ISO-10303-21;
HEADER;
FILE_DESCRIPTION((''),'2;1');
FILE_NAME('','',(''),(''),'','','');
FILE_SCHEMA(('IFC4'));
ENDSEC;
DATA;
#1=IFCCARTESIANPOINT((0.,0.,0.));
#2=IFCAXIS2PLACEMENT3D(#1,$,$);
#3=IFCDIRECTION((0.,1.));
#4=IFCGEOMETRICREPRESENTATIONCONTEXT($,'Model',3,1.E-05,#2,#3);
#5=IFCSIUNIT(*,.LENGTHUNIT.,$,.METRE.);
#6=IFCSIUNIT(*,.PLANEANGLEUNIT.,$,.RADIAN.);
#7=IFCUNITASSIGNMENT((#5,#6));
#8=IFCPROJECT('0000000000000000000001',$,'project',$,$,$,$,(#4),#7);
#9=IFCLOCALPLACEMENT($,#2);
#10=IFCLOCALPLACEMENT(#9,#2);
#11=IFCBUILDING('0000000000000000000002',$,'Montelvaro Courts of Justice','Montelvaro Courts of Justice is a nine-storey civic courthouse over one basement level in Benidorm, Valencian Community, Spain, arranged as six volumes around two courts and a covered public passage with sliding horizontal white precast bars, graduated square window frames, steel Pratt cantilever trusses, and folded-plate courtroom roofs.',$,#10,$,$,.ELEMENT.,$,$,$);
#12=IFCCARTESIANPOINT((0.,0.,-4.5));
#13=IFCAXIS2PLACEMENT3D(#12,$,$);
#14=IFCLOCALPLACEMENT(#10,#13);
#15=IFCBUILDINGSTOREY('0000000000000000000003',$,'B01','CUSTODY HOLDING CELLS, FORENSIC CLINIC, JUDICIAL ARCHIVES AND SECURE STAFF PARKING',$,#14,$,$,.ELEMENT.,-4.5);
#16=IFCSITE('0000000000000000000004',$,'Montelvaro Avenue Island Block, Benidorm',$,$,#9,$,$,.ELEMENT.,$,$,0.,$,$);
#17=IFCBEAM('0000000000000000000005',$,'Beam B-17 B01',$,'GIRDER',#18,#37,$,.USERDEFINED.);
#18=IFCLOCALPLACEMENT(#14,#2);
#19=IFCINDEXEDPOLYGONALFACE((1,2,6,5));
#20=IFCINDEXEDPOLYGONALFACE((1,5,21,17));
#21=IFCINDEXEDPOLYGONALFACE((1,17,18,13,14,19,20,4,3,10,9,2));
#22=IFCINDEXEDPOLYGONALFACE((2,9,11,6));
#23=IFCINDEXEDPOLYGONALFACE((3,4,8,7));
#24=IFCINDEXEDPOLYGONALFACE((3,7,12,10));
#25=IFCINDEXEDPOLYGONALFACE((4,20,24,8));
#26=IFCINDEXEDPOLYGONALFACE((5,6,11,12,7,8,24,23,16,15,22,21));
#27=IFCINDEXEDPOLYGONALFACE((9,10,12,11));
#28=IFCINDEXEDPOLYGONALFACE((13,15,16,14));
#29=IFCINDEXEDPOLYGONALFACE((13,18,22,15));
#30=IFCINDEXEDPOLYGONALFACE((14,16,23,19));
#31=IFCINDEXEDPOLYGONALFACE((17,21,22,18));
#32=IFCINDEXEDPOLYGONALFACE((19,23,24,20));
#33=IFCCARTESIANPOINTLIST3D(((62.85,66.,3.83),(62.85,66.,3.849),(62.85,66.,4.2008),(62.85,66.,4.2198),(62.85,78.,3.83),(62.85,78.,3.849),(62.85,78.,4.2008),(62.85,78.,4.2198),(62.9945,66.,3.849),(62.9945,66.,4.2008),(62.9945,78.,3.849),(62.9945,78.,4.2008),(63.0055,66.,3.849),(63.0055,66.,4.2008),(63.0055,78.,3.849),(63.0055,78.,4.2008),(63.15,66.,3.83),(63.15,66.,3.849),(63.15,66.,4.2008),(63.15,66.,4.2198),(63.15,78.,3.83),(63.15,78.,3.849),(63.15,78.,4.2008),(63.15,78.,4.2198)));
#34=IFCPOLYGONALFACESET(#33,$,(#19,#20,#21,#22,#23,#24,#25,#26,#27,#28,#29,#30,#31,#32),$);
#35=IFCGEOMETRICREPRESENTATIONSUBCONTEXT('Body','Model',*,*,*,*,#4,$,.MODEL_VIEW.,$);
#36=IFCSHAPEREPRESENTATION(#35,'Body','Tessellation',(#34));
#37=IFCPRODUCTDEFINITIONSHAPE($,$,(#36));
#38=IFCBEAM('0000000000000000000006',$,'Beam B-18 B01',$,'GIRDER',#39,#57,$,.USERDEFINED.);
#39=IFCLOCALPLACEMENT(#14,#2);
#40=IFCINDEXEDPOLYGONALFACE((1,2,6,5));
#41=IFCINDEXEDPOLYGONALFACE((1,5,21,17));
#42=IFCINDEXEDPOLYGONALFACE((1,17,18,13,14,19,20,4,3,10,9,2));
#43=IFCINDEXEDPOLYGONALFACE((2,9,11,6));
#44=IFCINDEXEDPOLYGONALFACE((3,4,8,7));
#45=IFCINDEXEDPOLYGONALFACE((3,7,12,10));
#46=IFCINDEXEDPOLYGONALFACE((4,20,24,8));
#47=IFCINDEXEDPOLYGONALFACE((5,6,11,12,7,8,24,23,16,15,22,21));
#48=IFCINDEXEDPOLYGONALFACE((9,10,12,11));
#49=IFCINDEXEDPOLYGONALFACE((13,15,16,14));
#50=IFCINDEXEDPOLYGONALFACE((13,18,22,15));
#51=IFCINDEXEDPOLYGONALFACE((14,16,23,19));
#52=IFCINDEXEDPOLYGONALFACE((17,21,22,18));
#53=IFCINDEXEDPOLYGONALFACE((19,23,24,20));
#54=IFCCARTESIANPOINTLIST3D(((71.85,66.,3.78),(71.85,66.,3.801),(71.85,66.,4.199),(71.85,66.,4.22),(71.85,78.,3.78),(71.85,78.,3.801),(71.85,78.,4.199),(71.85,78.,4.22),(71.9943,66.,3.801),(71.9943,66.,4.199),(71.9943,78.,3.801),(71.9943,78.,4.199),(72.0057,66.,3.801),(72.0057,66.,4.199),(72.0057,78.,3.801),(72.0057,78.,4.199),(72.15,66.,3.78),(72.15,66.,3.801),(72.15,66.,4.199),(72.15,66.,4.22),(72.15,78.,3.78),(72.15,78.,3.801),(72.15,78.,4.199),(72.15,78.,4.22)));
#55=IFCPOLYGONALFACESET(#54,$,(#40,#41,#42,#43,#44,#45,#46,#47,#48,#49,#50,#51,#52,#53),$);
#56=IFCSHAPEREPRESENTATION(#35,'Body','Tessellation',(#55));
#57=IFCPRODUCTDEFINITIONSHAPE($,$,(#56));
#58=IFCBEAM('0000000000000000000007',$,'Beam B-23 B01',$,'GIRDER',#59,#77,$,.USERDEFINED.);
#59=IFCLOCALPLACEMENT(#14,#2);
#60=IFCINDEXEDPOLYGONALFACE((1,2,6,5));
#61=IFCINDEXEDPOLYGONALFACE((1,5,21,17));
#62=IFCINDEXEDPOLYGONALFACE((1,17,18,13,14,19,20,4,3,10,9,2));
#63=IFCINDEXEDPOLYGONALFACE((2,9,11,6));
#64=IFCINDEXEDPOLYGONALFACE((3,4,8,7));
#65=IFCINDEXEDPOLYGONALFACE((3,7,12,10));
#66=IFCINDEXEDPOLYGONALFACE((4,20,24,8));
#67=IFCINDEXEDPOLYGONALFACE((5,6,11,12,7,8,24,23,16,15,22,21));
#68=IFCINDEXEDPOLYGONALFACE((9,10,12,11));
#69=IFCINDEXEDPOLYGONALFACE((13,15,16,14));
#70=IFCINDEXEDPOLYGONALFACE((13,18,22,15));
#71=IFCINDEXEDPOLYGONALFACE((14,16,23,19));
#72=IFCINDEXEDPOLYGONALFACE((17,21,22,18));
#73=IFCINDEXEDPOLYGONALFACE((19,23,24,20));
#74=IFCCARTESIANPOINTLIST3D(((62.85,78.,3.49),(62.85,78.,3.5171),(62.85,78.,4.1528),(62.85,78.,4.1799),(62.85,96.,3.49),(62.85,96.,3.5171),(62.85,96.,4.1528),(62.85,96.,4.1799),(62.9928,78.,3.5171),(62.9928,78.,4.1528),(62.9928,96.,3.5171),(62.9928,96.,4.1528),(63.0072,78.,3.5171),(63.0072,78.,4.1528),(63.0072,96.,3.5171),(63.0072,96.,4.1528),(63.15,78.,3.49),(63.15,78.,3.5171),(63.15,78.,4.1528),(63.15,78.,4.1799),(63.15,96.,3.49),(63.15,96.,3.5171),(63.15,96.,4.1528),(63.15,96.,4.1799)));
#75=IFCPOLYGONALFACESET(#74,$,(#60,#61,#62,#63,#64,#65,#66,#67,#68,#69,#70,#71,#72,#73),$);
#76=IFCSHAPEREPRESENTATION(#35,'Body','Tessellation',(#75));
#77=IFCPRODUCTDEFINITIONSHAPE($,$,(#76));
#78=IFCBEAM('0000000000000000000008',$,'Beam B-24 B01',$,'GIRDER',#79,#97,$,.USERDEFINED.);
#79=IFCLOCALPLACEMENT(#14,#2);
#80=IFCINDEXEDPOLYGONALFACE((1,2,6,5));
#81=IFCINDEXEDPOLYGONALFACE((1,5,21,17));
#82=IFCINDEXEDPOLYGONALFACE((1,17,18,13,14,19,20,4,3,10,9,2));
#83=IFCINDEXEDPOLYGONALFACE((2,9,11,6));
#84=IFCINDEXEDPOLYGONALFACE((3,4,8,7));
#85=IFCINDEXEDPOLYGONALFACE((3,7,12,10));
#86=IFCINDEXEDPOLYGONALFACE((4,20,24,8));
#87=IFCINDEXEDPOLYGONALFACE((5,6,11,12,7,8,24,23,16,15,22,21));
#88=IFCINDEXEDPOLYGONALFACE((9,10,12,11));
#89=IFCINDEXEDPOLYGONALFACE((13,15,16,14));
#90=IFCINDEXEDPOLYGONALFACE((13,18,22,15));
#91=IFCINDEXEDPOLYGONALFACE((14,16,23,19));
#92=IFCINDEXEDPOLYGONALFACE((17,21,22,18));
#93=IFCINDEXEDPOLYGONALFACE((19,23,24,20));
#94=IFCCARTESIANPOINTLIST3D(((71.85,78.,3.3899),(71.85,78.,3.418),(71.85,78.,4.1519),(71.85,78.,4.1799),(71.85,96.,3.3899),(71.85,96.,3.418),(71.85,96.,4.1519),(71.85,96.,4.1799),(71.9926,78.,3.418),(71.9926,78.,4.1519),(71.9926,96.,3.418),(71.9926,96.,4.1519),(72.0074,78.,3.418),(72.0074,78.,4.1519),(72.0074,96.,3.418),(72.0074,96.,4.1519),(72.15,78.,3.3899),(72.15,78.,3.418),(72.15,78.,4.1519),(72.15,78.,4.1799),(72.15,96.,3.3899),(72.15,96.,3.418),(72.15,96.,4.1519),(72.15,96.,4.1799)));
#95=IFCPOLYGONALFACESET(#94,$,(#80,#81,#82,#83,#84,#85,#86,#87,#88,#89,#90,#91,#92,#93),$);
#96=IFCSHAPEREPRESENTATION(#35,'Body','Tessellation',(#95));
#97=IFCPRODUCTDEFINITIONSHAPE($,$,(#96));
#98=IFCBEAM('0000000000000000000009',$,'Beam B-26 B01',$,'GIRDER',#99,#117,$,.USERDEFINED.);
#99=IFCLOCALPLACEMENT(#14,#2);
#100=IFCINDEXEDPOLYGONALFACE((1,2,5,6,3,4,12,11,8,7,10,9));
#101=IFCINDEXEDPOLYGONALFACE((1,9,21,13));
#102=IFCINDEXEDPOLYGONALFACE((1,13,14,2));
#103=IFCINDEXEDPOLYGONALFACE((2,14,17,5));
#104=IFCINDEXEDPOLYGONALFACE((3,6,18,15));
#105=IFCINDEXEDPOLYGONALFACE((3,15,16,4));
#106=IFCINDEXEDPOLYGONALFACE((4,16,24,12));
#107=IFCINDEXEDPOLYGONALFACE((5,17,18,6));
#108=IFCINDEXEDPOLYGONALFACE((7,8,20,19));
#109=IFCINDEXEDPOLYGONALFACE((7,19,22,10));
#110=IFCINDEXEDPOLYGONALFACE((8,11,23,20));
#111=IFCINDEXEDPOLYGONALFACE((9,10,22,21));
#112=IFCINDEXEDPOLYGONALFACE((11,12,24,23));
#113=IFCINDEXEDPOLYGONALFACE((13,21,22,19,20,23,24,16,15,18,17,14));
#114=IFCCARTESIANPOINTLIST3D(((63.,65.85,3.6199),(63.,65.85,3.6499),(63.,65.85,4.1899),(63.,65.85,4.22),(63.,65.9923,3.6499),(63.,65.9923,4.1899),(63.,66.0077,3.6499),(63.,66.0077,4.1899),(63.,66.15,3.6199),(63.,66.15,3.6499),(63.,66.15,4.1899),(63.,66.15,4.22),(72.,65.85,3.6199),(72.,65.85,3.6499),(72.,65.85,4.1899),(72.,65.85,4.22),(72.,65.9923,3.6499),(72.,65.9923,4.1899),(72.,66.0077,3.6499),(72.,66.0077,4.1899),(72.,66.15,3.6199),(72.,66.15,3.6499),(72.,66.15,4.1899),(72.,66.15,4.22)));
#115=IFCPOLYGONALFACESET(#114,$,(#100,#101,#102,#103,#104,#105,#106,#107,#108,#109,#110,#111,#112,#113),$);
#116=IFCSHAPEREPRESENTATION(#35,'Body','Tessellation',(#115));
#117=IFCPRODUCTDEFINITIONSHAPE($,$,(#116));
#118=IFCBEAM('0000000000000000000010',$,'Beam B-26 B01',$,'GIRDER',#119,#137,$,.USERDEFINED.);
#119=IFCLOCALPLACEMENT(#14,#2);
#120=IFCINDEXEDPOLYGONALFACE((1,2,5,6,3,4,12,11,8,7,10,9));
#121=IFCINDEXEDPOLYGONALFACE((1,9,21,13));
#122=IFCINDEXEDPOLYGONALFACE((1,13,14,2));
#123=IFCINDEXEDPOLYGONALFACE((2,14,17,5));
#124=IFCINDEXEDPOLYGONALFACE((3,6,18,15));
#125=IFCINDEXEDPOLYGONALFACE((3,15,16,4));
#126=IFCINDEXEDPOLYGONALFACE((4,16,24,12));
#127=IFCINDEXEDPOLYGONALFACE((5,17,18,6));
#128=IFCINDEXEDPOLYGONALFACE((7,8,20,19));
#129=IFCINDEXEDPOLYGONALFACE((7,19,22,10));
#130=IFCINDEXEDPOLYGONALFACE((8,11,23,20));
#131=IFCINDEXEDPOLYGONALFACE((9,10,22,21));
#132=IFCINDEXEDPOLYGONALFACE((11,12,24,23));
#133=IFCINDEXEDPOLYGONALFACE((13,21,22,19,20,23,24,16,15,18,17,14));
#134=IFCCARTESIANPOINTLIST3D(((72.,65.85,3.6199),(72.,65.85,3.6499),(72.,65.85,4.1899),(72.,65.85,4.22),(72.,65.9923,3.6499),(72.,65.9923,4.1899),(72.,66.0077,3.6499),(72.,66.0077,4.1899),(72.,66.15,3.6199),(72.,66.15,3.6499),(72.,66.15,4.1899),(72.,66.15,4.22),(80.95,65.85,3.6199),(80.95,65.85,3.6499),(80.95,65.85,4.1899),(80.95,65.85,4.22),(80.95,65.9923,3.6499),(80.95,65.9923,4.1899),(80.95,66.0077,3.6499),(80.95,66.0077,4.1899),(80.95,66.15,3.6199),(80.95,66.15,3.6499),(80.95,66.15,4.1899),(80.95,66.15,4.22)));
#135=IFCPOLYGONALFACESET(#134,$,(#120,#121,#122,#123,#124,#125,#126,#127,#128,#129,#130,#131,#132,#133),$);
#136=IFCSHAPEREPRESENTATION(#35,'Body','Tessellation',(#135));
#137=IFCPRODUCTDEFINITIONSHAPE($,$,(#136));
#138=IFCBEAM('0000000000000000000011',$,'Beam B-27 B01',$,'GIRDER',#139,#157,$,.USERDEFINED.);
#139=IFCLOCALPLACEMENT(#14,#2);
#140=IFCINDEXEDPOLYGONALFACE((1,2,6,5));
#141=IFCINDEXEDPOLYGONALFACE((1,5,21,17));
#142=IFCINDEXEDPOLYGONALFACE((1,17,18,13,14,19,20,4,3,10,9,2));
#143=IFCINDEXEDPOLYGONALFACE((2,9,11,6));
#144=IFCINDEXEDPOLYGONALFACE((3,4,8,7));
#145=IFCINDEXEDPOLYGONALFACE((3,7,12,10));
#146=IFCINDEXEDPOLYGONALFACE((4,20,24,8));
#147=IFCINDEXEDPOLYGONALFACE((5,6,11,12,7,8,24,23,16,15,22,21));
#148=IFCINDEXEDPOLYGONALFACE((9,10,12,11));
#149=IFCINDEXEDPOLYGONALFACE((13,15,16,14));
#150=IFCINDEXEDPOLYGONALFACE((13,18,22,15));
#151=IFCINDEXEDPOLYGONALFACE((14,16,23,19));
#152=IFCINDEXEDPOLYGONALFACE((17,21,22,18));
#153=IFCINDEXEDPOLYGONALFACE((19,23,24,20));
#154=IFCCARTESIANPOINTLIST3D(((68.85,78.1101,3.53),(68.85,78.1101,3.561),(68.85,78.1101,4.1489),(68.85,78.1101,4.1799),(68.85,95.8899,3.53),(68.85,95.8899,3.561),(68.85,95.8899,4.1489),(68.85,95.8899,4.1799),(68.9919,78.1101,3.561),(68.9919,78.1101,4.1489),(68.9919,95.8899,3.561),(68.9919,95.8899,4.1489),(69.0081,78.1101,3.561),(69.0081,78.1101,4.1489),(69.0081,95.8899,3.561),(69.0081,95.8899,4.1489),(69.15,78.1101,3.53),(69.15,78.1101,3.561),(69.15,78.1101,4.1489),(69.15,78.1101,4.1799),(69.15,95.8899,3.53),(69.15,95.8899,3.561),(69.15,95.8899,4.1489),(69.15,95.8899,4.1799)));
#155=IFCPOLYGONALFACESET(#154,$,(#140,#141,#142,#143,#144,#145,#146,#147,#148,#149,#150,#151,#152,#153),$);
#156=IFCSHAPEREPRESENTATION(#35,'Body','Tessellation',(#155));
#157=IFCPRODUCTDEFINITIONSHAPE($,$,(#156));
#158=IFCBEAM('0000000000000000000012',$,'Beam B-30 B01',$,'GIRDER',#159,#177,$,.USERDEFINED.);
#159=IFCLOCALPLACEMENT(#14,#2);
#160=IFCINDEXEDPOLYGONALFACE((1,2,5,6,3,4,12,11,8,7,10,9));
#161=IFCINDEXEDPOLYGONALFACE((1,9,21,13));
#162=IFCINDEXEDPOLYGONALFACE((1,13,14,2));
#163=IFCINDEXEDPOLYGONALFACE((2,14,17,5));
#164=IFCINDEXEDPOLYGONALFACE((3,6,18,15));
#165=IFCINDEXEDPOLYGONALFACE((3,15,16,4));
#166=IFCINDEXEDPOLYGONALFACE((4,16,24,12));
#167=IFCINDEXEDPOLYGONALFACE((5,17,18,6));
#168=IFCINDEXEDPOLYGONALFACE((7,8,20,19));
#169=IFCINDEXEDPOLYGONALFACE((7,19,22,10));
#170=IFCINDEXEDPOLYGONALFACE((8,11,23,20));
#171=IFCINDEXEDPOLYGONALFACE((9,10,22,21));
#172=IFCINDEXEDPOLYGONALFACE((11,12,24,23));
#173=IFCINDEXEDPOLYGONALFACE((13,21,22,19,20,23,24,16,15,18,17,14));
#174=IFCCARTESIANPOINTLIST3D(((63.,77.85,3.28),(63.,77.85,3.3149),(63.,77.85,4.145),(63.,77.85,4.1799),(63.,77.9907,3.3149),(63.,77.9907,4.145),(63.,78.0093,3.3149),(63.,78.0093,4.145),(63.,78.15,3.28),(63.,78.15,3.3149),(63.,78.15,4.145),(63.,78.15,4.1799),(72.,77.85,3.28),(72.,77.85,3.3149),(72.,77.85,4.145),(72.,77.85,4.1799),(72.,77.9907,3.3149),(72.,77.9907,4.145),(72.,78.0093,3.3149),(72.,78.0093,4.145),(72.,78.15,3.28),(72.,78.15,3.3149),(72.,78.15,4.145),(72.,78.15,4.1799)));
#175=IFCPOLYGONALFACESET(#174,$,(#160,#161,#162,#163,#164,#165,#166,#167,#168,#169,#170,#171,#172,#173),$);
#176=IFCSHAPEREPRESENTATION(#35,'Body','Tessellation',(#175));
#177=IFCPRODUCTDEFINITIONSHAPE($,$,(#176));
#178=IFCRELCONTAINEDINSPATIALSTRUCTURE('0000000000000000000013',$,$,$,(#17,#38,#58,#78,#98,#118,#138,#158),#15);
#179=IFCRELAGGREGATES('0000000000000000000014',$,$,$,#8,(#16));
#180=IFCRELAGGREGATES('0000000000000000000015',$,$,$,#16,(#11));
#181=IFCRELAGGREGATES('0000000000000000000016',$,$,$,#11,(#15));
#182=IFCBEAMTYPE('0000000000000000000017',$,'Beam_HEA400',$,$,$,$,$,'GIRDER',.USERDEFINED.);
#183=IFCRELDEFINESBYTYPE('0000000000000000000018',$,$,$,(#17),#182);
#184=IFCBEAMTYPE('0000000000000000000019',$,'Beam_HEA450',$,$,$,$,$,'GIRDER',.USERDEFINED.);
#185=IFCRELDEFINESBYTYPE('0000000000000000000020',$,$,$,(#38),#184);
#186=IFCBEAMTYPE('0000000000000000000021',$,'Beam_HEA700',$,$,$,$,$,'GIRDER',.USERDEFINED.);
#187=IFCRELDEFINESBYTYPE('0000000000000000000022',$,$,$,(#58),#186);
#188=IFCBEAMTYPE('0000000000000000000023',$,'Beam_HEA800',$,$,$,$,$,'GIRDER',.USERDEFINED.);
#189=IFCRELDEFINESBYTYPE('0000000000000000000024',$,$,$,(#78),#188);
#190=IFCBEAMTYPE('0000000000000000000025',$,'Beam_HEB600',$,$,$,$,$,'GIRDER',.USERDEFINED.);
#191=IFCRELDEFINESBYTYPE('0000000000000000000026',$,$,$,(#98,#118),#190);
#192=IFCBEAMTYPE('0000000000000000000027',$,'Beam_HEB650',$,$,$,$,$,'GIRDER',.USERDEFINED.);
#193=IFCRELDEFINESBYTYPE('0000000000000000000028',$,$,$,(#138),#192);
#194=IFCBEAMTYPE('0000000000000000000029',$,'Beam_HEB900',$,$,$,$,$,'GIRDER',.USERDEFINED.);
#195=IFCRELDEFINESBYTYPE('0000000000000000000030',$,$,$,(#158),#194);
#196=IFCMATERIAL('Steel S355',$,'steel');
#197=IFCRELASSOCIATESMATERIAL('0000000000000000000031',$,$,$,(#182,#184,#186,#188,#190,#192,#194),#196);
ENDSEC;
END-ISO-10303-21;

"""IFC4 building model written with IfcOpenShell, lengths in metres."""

from ifc_helpers import new_model, si_unit, direction, frame, origin, origin_2d, place, context, subcontext, project, spatial, i_section, extrude, material, material_profile, profile_set, type_object, element, save


model = new_model("IFC4")

# Units and contexts
model_context = context("Model", 3, precision=1e-05, world=origin(), true_north=direction((0.0, 1.0)))
body_context = subcontext(model_context, "Body", "Model", "MODEL_VIEW")
ifc_project = project(units=[si_unit("LENGTHUNIT", "METRE"), si_unit("PLANEANGLEUNIT", "RADIAN")], contexts=[model_context])

# Site, building, storey
site_placement = place(None, origin())
site = spatial("IfcSite", under=ifc_project, at=site_placement, Name="Montelvaro Avenue Island Block, Benidorm", CompositionType="ELEMENT", RefElevation=0.0)
building_placement = place(site_placement, origin())
building = spatial("IfcBuilding", under=site, at=building_placement, Name="Montelvaro Courts of Justice", Description="Montelvaro Courts of Justice is a nine-storey civic courthouse over one basement level in Benidorm, Valencian Community, Spain, arranged as six volumes around two courts and a covered public passage with sliding horizontal white precast bars, graduated square window frames, steel Pratt cantilever trusses, and folded-plate courtroom roofs.", CompositionType="ELEMENT")
storey_placement = place(building_placement, frame((0.0, 0.0, -4.5)))
storey = spatial("IfcBuildingStorey", under=building, at=storey_placement, Name="B01", Description="CUSTODY HOLDING CELLS, FORENSIC CLINIC, JUDICIAL ARCHIVES AND SECURE STAFF PARKING", CompositionType="ELEMENT", Elevation=-4.5)

# Beams
ifc_material_1 = material(Name="Steel S355", Category="steel")
ifc_material_profile_1 = material_profile(ifc_material_1, i_section(OverallWidth=0.3, OverallDepth=0.3899, WebThickness=0.011, FlangeThickness=0.019, at=origin_2d()), Name="HEA 400")
ifc_profile_set_1 = profile_set([ifc_material_profile_1], Name="Steel S355")
beam_type_1 = type_object("IfcBeamType", Name="Beam_HEA400", ElementType="GIRDER", PredefinedType="USERDEFINED", material=ifc_profile_set_1)
beam_1_placement = place(storey_placement, frame((63.0, 66.0, 4.0249), z_axis=(0.0, 1.0, 0.0), x_axis=(-1.0, 0.0, 0.0)))
element("IfcBeam", 1, at=beam_1_placement, inside=storey, type_object=beam_type_1, Name="Beam B-17 B01", ObjectType="GIRDER", PredefinedType="USERDEFINED", context=body_context, shape_type="SweptSolid", body=[
    extrude(i_section(OverallWidth=0.3, OverallDepth=0.3899, WebThickness=0.011, FlangeThickness=0.019, at=origin_2d()), origin(), (0.0, 0.0, 1.0), 12.0),
])
ifc_material_profile_2 = material_profile(ifc_material_1, i_section(OverallWidth=0.3, OverallDepth=0.4399, WebThickness=0.0115, FlangeThickness=0.021, at=origin_2d()), Name="HEA 450")
ifc_profile_set_2 = profile_set([ifc_material_profile_2], Name="Steel S355")
beam_type_2 = type_object("IfcBeamType", Name="Beam_HEA450", ElementType="GIRDER", PredefinedType="USERDEFINED", material=ifc_profile_set_2)
beam_2_placement = place(storey_placement, frame((72.0, 66.0, 4.0), z_axis=(0.0, 1.0, 0.0), x_axis=(-1.0, 0.0, 0.0)))
element("IfcBeam", 2, at=beam_2_placement, inside=storey, type_object=beam_type_2, Name="Beam B-18 B01", ObjectType="GIRDER", PredefinedType="USERDEFINED", context=body_context, shape_type="SweptSolid", body=[
    extrude(i_section(OverallWidth=0.3, OverallDepth=0.4399, WebThickness=0.0115, FlangeThickness=0.021, at=origin_2d()), origin(), (0.0, 0.0, 1.0), 12.0),
])
ifc_material_profile_3 = material_profile(ifc_material_1, i_section(OverallWidth=0.3, OverallDepth=0.6899, WebThickness=0.0144, FlangeThickness=0.0271, at=origin_2d()), Name="HEA 700")
ifc_profile_set_3 = profile_set([ifc_material_profile_3], Name="Steel S355")
beam_type_3 = type_object("IfcBeamType", Name="Beam_HEA700", ElementType="GIRDER", PredefinedType="USERDEFINED", material=ifc_profile_set_3)
beam_3_placement = place(storey_placement, frame((63.0, 78.0, 3.835), z_axis=(0.0, 1.0, 0.0), x_axis=(-1.0, 0.0, 0.0)))
element("IfcBeam", 3, at=beam_3_placement, inside=storey, type_object=beam_type_3, Name="Beam B-23 B01", ObjectType="GIRDER", PredefinedType="USERDEFINED", context=body_context, shape_type="SweptSolid", body=[
    extrude(i_section(OverallWidth=0.3, OverallDepth=0.6899, WebThickness=0.0144, FlangeThickness=0.0271, at=origin_2d()), origin(), (0.0, 0.0, 1.0), 18.0),
])
ifc_material_profile_4 = material_profile(ifc_material_1, i_section(OverallWidth=0.3, OverallDepth=0.79, WebThickness=0.0149, FlangeThickness=0.0281, at=origin_2d()), Name="HEA 800")
ifc_profile_set_4 = profile_set([ifc_material_profile_4], Name="Steel S355")
beam_type_4 = type_object("IfcBeamType", Name="Beam_HEA800", ElementType="GIRDER", PredefinedType="USERDEFINED", material=ifc_profile_set_4)
beam_4_placement = place(storey_placement, frame((72.0, 78.0, 3.7849), z_axis=(0.0, 1.0, 0.0), x_axis=(-1.0, 0.0, 0.0)))
element("IfcBeam", 4, at=beam_4_placement, inside=storey, type_object=beam_type_4, Name="Beam B-24 B01", ObjectType="GIRDER", PredefinedType="USERDEFINED", context=body_context, shape_type="SweptSolid", body=[
    extrude(i_section(OverallWidth=0.3, OverallDepth=0.79, WebThickness=0.0149, FlangeThickness=0.0281, at=origin_2d()), origin(), (0.0, 0.0, 1.0), 18.0),
])
ifc_material_profile_5 = material_profile(ifc_material_1, i_section(OverallWidth=0.3, OverallDepth=0.6001, WebThickness=0.0154, FlangeThickness=0.03, at=origin_2d()), Name="HEB 600")
ifc_profile_set_5 = profile_set([ifc_material_profile_5], Name="Steel S355")
beam_type_5 = type_object("IfcBeamType", Name="Beam_HEB600", ElementType="GIRDER", PredefinedType="USERDEFINED", material=ifc_profile_set_5)
beam_5_placement = place(storey_placement, frame((63.0, 66.0, 3.9199), z_axis=(1.0, 0.0, 0.0), x_axis=(0.0, 1.0, 0.0)))
element("IfcBeam", 5, at=beam_5_placement, inside=storey, type_object=beam_type_5, Name="Beam B-26 B01", ObjectType="GIRDER", PredefinedType="USERDEFINED", context=body_context, shape_type="SweptSolid", body=[
    extrude(i_section(OverallWidth=0.3, OverallDepth=0.6001, WebThickness=0.0154, FlangeThickness=0.03, at=origin_2d()), origin(), (0.0, 0.0, 1.0), 9.0),
])
beam_6_placement = place(storey_placement, frame((72.0, 66.0, 3.9199), z_axis=(1.0, 0.0, 0.0), x_axis=(0.0, 1.0, 0.0)))
element("IfcBeam", 6, at=beam_6_placement, inside=storey, type_object=beam_type_5, Name="Beam B-26 B01", ObjectType="GIRDER", PredefinedType="USERDEFINED", context=body_context, shape_type="SweptSolid", body=[
    extrude(i_section(OverallWidth=0.3, OverallDepth=0.6001, WebThickness=0.0154, FlangeThickness=0.03, at=origin_2d()), origin(), (0.0, 0.0, 1.0), 8.95),
])
ifc_material_profile_6 = material_profile(ifc_material_1, i_section(OverallWidth=0.3, OverallDepth=0.6499, WebThickness=0.0161, FlangeThickness=0.031, at=origin_2d()), Name="HEB 650")
ifc_profile_set_6 = profile_set([ifc_material_profile_6], Name="Steel S355")
beam_type_6 = type_object("IfcBeamType", Name="Beam_HEB650", ElementType="GIRDER", PredefinedType="USERDEFINED", material=ifc_profile_set_6)
beam_7_placement = place(storey_placement, frame((69.0, 78.1101, 3.855), z_axis=(0.0, 1.0, 0.0), x_axis=(-1.0, 0.0, 0.0)))
element("IfcBeam", 7, at=beam_7_placement, inside=storey, type_object=beam_type_6, Name="Beam B-27 B01", ObjectType="GIRDER", PredefinedType="USERDEFINED", context=body_context, shape_type="SweptSolid", body=[
    extrude(i_section(OverallWidth=0.3, OverallDepth=0.6499, WebThickness=0.0161, FlangeThickness=0.031, at=origin_2d()), origin(), (0.0, 0.0, 1.0), 17.7798),
])
ifc_material_profile_7 = material_profile(ifc_material_1, i_section(OverallWidth=0.3, OverallDepth=0.8999, WebThickness=0.0186, FlangeThickness=0.0349, at=origin_2d()), Name="HEB 900")
ifc_profile_set_7 = profile_set([ifc_material_profile_7], Name="Steel S355")
beam_type_7 = type_object("IfcBeamType", Name="Beam_HEB900", ElementType="GIRDER", PredefinedType="USERDEFINED", material=ifc_profile_set_7)
beam_8_placement = place(storey_placement, frame((63.0, 78.0, 3.73), z_axis=(1.0, 0.0, 0.0), x_axis=(0.0, 1.0, 0.0)))
element("IfcBeam", 8, at=beam_8_placement, inside=storey, type_object=beam_type_7, Name="Beam B-30 B01", ObjectType="GIRDER", PredefinedType="USERDEFINED", context=body_context, shape_type="SweptSolid", body=[
    extrude(i_section(OverallWidth=0.3, OverallDepth=0.8999, WebThickness=0.0186, FlangeThickness=0.0349, at=origin_2d()), origin(), (0.0, 0.0, 1.0), 9.0),
])

save(model, "model.ifc")
